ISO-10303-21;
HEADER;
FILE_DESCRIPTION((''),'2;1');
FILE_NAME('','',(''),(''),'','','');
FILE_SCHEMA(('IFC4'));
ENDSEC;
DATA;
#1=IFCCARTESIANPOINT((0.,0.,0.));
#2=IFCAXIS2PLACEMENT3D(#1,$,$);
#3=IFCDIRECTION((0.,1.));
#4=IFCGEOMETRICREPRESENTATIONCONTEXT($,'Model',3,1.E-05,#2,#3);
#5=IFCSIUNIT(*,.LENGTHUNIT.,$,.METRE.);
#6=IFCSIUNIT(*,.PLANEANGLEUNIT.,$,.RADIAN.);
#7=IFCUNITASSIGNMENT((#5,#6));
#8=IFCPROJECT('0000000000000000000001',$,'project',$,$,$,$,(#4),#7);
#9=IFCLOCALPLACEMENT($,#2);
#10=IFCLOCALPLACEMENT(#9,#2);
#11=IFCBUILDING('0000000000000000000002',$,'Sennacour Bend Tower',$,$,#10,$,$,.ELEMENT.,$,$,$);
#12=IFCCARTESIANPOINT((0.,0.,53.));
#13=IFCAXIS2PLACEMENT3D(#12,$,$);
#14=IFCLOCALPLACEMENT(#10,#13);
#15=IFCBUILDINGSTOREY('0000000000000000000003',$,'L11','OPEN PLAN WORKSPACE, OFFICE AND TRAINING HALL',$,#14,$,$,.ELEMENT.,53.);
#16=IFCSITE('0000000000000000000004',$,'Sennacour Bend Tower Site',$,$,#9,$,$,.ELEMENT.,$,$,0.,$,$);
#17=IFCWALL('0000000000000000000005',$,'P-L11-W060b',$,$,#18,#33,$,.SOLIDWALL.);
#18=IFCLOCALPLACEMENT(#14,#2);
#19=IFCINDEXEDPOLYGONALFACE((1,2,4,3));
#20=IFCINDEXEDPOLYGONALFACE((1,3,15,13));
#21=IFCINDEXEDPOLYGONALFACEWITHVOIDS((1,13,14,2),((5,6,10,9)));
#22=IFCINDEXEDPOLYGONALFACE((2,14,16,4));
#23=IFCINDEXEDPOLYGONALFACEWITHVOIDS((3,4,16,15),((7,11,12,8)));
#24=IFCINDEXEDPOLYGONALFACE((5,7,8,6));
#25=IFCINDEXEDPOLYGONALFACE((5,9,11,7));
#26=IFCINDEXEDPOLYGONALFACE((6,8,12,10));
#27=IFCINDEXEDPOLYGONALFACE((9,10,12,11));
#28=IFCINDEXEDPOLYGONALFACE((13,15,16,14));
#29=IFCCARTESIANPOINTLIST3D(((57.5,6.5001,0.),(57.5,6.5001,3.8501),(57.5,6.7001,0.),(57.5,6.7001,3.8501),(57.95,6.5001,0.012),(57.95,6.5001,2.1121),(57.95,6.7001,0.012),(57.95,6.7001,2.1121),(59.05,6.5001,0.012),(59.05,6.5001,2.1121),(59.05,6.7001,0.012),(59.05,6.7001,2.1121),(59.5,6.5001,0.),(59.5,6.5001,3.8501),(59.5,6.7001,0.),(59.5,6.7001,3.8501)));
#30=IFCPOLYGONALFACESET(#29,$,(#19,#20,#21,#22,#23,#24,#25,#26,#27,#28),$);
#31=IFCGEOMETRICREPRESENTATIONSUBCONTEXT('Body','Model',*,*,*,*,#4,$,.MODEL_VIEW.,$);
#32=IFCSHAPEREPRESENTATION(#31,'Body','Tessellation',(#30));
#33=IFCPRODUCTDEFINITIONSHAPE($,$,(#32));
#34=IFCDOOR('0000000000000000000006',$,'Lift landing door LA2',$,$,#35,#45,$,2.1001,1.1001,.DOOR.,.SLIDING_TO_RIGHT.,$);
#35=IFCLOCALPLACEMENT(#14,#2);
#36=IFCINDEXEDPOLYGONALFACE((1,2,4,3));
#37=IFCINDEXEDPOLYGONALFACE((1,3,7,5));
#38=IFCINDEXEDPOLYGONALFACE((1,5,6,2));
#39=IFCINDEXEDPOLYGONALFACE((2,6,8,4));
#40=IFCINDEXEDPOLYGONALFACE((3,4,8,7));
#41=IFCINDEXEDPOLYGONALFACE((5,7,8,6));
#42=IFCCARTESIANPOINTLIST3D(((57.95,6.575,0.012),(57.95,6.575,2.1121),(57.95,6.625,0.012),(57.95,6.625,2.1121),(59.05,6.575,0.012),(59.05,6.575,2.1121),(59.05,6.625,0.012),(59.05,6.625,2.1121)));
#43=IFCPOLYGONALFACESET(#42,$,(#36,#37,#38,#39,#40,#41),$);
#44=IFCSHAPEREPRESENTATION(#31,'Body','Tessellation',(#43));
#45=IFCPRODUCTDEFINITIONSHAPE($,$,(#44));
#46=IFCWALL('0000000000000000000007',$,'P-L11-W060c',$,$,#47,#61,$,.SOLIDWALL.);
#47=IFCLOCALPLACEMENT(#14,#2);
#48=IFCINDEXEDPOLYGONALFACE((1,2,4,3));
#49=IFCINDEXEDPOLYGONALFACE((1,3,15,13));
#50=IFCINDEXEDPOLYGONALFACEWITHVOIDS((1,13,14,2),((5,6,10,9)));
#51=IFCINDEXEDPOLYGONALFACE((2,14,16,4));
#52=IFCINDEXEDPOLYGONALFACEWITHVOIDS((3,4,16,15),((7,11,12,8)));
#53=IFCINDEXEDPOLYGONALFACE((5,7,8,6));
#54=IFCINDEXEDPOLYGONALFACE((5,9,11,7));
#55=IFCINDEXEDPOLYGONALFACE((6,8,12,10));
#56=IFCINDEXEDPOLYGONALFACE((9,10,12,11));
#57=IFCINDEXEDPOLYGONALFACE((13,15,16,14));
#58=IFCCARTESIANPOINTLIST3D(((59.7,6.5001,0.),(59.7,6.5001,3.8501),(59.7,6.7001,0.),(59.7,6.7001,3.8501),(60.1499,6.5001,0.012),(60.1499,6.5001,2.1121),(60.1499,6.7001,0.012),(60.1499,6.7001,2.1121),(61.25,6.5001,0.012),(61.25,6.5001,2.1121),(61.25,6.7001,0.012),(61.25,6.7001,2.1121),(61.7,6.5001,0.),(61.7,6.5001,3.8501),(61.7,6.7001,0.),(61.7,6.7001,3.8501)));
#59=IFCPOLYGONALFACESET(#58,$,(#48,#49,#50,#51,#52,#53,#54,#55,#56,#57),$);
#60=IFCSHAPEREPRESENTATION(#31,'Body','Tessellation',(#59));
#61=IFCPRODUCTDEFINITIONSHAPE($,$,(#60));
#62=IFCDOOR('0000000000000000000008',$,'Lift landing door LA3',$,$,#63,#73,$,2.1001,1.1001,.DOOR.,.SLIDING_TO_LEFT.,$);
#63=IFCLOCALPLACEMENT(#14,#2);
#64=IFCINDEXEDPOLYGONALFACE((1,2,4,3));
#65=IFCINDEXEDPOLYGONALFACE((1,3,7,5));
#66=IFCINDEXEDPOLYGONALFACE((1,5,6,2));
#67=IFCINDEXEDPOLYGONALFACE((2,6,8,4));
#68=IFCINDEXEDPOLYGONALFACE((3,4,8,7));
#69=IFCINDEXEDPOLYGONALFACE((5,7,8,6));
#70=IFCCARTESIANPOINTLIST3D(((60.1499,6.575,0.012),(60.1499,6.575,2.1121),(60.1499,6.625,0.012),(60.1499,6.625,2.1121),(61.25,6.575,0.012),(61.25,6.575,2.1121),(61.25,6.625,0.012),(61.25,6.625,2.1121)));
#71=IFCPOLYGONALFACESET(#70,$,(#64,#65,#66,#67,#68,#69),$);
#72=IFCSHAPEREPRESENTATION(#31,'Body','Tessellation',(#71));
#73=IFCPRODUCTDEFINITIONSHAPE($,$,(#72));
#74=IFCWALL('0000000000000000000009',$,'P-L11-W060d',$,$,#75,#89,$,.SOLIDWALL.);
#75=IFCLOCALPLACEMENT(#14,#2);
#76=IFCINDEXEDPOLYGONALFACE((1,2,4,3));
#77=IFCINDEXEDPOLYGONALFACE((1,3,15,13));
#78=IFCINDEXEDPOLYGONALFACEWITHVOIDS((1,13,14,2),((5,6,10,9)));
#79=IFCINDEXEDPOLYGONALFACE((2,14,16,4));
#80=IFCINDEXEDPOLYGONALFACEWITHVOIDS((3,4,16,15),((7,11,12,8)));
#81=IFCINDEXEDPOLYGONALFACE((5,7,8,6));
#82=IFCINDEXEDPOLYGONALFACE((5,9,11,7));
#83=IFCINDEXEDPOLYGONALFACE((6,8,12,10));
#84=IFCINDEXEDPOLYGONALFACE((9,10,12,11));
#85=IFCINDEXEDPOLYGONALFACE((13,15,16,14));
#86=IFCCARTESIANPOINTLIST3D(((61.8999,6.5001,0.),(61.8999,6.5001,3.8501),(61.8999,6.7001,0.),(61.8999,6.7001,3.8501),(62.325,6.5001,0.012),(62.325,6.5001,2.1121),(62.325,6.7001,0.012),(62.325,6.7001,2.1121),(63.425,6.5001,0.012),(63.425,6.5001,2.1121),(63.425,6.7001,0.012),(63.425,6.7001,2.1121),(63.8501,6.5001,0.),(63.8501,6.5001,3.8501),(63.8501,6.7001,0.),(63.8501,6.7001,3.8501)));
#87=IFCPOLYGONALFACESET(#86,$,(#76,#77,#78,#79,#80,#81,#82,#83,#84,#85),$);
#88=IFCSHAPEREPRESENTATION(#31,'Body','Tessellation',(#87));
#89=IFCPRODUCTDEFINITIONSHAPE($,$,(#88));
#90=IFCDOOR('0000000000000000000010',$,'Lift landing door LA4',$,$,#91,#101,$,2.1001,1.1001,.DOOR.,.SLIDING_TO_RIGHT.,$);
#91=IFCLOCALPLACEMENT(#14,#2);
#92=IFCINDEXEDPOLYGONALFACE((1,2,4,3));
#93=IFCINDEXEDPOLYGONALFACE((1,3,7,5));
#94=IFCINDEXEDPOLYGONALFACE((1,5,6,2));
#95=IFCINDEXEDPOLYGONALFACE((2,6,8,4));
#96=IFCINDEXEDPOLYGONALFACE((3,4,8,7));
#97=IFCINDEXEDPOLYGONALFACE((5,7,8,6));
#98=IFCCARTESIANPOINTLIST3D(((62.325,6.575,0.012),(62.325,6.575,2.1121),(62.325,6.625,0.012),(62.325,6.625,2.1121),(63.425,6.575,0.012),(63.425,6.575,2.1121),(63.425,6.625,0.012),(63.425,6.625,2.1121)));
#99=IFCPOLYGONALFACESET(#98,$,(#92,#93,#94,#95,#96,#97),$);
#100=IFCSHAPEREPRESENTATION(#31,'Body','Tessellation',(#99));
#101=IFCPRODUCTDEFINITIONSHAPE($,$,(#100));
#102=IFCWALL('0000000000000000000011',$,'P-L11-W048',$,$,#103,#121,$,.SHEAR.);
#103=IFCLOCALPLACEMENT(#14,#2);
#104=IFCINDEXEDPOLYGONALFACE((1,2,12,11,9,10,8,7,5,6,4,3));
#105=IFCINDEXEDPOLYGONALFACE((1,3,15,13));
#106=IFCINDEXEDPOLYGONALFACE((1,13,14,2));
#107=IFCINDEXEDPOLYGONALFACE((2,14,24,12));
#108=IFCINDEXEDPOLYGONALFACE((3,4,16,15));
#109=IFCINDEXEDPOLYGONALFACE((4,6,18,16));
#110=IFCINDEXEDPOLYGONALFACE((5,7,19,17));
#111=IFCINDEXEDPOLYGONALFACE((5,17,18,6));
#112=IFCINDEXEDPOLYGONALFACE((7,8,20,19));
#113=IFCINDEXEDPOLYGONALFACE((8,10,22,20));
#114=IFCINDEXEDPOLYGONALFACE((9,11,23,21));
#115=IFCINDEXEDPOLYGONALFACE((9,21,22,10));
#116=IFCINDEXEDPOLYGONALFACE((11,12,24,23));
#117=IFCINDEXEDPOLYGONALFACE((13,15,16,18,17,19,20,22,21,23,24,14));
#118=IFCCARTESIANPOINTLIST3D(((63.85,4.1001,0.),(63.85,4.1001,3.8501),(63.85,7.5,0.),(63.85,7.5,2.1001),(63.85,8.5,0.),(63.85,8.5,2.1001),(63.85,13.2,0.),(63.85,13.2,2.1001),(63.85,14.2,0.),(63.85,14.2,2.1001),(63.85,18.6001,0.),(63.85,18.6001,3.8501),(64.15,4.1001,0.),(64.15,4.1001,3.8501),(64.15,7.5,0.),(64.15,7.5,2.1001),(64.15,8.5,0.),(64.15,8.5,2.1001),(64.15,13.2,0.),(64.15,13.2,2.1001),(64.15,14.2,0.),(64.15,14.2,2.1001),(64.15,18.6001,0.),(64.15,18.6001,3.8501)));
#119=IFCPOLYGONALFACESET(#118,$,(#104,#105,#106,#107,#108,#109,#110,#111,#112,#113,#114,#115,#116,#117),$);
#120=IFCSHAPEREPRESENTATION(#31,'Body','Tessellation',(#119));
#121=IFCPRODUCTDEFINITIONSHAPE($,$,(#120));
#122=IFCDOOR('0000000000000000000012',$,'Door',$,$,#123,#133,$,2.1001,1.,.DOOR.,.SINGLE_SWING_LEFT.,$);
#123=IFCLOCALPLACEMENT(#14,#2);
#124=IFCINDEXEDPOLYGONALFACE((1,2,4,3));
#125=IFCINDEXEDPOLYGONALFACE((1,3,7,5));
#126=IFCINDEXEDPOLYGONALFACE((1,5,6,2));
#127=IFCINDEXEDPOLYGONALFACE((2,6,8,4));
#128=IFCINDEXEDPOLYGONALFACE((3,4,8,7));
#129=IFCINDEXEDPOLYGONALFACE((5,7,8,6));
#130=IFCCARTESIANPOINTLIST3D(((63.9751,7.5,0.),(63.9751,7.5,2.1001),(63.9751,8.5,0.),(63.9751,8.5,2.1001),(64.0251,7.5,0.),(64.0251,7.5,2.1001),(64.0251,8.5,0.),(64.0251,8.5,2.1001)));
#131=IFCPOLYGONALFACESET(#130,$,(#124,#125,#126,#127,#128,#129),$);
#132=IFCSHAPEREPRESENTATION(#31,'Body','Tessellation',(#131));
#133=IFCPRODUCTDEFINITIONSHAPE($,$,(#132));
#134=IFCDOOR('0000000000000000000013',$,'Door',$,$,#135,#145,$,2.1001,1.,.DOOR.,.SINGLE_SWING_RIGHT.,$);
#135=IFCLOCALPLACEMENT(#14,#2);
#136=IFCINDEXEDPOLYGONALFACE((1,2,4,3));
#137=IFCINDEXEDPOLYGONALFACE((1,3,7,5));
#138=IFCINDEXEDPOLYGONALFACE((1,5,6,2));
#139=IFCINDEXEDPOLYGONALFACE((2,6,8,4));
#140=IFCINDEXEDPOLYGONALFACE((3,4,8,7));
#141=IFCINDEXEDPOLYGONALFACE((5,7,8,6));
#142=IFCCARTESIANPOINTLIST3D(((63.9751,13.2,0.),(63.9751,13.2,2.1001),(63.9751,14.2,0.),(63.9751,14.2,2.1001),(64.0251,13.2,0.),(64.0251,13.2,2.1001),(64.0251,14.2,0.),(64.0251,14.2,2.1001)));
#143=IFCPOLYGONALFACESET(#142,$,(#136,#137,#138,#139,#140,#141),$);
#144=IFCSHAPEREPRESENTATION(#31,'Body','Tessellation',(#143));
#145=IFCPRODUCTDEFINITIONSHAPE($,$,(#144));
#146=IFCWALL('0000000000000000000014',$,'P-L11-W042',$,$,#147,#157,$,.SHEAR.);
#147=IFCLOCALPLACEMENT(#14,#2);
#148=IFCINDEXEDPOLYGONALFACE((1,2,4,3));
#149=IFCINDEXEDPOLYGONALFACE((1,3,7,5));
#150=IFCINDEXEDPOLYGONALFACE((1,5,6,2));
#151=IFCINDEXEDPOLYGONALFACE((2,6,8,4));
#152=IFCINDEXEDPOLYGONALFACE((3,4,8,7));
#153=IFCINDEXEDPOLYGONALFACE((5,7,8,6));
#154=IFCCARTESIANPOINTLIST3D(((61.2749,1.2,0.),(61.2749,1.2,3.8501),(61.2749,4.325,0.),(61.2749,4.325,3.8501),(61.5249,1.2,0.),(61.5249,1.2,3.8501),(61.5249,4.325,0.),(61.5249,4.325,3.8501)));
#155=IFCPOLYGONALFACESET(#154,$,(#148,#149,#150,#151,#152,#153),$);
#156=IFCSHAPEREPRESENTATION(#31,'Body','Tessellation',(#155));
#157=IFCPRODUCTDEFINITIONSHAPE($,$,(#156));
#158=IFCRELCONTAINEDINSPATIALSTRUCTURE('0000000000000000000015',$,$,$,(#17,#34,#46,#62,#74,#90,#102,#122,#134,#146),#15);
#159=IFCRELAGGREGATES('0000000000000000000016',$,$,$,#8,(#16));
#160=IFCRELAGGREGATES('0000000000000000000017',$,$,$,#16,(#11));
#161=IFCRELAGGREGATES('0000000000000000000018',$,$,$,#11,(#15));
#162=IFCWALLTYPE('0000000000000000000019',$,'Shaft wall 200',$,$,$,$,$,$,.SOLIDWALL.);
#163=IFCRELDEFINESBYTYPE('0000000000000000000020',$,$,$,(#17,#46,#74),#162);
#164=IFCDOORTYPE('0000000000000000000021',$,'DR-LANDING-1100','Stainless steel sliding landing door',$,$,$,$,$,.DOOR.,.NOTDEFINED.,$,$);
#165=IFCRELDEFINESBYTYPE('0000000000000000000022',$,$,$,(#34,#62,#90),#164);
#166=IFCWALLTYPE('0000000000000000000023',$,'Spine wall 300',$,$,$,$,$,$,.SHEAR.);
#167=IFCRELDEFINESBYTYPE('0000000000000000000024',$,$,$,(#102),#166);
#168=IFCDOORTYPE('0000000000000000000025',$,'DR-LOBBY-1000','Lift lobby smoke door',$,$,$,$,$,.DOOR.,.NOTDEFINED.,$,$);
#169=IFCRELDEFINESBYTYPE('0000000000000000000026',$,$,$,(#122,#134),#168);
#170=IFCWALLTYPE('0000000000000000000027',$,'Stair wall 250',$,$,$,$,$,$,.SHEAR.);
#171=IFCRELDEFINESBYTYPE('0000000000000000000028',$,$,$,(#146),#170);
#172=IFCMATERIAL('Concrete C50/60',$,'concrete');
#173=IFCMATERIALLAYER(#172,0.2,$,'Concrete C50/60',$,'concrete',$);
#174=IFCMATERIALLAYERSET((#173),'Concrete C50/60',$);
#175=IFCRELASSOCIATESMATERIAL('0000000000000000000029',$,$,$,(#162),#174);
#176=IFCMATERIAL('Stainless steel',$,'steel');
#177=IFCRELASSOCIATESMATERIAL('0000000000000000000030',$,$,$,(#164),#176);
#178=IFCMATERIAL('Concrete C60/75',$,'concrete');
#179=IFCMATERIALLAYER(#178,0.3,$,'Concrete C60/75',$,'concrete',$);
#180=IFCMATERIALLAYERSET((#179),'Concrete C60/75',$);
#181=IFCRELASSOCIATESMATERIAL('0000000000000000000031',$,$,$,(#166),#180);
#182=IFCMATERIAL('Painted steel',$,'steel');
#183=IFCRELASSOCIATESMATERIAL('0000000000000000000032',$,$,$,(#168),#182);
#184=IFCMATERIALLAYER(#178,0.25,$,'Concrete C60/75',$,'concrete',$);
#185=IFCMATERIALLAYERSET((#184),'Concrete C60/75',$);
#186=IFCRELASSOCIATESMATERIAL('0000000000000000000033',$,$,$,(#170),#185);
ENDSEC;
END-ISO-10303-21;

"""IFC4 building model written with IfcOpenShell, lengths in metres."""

from ifc_helpers import new_model, si_unit, direction, frame, frame_2d, origin, place, context, subcontext, project, spatial, rectangle, extrude, material, layer, layer_set, type_object, element, fill, save


model = new_model("IFC4")

# Units and contexts
model_context = context("Model", 3, precision=1e-05, world=origin(), true_north=direction((0.0, 1.0)))
body_context = subcontext(model_context, "Body", "Model", "MODEL_VIEW")
ifc_project = project(units=[si_unit("LENGTHUNIT", "METRE"), si_unit("PLANEANGLEUNIT", "RADIAN")], contexts=[model_context])

# Site, building, storey
site_placement = place(None, origin())
site = spatial("IfcSite", under=ifc_project, at=site_placement, Name="Sennacour Bend Tower Site", CompositionType="ELEMENT", RefElevation=0.0)
building_placement = place(site_placement, origin())
building = spatial("IfcBuilding", under=site, at=building_placement, Name="Sennacour Bend Tower", CompositionType="ELEMENT")
storey_placement = place(building_placement, frame((0.0, 0.0, 53.0)))
storey = spatial("IfcBuildingStorey", under=building, at=storey_placement, Name="L11", Description="OPEN PLAN WORKSPACE, OFFICE AND TRAINING HALL", CompositionType="ELEMENT", Elevation=53.0)

# Shared definitions
ifc_material_1 = material(Name="Painted steel", Category="steel")

# Shared definitions
ifc_material_2 = material(Name="Concrete C50/60", Category="concrete")
ifc_layer_1 = layer(ifc_material_2, 0.2, Name="Concrete C50/60", Category="concrete")
ifc_layer_set_1 = layer_set([ifc_layer_1], Name="Concrete C50/60")
wall_type_1 = type_object("IfcWallType", Name="Shaft wall 200", PredefinedType="SOLIDWALL", material=ifc_layer_set_1)

# Walls, openings, doors
wall_1_placement = place(storey_placement, frame((57.5, 6.6001, 0.0), z_axis=(0.0, 0.0, 1.0), x_axis=(1.0, 0.0, 0.0)))
wall_1 = element("IfcWall", 1, at=wall_1_placement, inside=storey, type_object=wall_type_1, Name="P-L11-W060b", PredefinedType="SOLIDWALL", context=body_context, shape_type="SweptSolid", body=[
    extrude(rectangle(XDim=2.0, YDim=0.2, at=frame_2d((1.0, 0.0))), origin(), (0.0, 0.0, 1.0), 3.8501),
])
opening_1_placement = place(wall_1_placement, frame((0.45, 0.0, 0.012)))
opening_1 = element("IfcOpeningElement", 2, at=opening_1_placement, cuts=wall_1, PredefinedType="OPENING", context=body_context, shape_type="SweptSolid", body=[
    extrude(rectangle(XDim=1.1001, YDim=2.1001, at=frame_2d((0.55, 1.05))), frame((0.0, 0.1099, 0.0), z_axis=(0.0, -1.0, 0.0), x_axis=(1.0, 0.0, 0.0)), (0.0, 0.0, 1.0), 0.22),
])
ifc_material_3 = material(Name="Stainless steel", Category="steel")
door_type_1 = type_object("IfcDoorType", Name="DR-LANDING-1100", Description="Stainless steel sliding landing door", OperationType="NOTDEFINED", PredefinedType="DOOR", material=ifc_material_3)
door_1_placement = place(opening_1_placement, origin())
door_1 = element("IfcDoor", 3, at=door_1_placement, inside=storey, type_object=door_type_1, Name="Lift landing door LA2", OperationType="SLIDING_TO_RIGHT", OverallHeight=2.1001, OverallWidth=1.1001, PredefinedType="DOOR", context=body_context, shape_type="SweptSolid", body=[
    extrude(rectangle(XDim=1.1001, YDim=2.1001, at=frame_2d((0.55, 1.05))), frame((0.0, 0.0249, 0.0), z_axis=(0.0, -1.0, 0.0), x_axis=(1.0, 0.0, 0.0)), (0.0, 0.0, 1.0), 0.05),
])
fill(opening_1, door_1)
wall_2_placement = place(storey_placement, frame((59.7, 6.6001, 0.0), z_axis=(0.0, 0.0, 1.0), x_axis=(1.0, 0.0, 0.0)))
wall_2 = element("IfcWall", 4, at=wall_2_placement, inside=storey, type_object=wall_type_1, Name="P-L11-W060c", PredefinedType="SOLIDWALL", context=body_context, shape_type="SweptSolid", body=[
    extrude(rectangle(XDim=2.0, YDim=0.2, at=frame_2d((1.0, 0.0))), origin(), (0.0, 0.0, 1.0), 3.8501),
])
opening_2_placement = place(wall_2_placement, frame((0.45, 0.0, 0.012)))
opening_2 = element("IfcOpeningElement", 5, at=opening_2_placement, cuts=wall_2, PredefinedType="OPENING", context=body_context, shape_type="SweptSolid", body=[
    extrude(rectangle(XDim=1.1001, YDim=2.1001, at=frame_2d((0.55, 1.05))), frame((0.0, 0.1099, 0.0), z_axis=(0.0, -1.0, 0.0), x_axis=(1.0, 0.0, 0.0)), (0.0, 0.0, 1.0), 0.22),
])
door_2_placement = place(opening_2_placement, origin())
door_2 = element("IfcDoor", 6, at=door_2_placement, inside=storey, type_object=door_type_1, Name="Lift landing door LA3", OperationType="SLIDING_TO_LEFT", OverallHeight=2.1001, OverallWidth=1.1001, PredefinedType="DOOR", context=body_context, shape_type="SweptSolid", body=[
    extrude(rectangle(XDim=1.1001, YDim=2.1001, at=frame_2d((0.55, 1.05))), frame((0.0, 0.0249, 0.0), z_axis=(0.0, -1.0, 0.0), x_axis=(1.0, 0.0, 0.0)), (0.0, 0.0, 1.0), 0.05),
])
fill(opening_2, door_2)
wall_3_placement = place(storey_placement, frame((61.8999, 6.6001, 0.0), z_axis=(0.0, 0.0, 1.0), x_axis=(1.0, 0.0, 0.0)))
wall_3 = element("IfcWall", 7, at=wall_3_placement, inside=storey, type_object=wall_type_1, Name="P-L11-W060d", PredefinedType="SOLIDWALL", context=body_context, shape_type="SweptSolid", body=[
    extrude(rectangle(XDim=1.9502, YDim=0.2, at=frame_2d((0.9751, 0.0))), origin(), (0.0, 0.0, 1.0), 3.8501),
])
opening_3_placement = place(wall_3_placement, frame((0.425, 0.0, 0.012)))
opening_3 = element("IfcOpeningElement", 8, at=opening_3_placement, cuts=wall_3, PredefinedType="OPENING", context=body_context, shape_type="SweptSolid", body=[
    extrude(rectangle(XDim=1.1001, YDim=2.1001, at=frame_2d((0.55, 1.05))), frame((0.0, 0.1099, 0.0), z_axis=(0.0, -1.0, 0.0), x_axis=(1.0, 0.0, 0.0)), (0.0, 0.0, 1.0), 0.22),
])
door_3_placement = place(opening_3_placement, origin())
door_3 = element("IfcDoor", 9, at=door_3_placement, inside=storey, type_object=door_type_1, Name="Lift landing door LA4", OperationType="SLIDING_TO_RIGHT", OverallHeight=2.1001, OverallWidth=1.1001, PredefinedType="DOOR", context=body_context, shape_type="SweptSolid", body=[
    extrude(rectangle(XDim=1.1001, YDim=2.1001, at=frame_2d((0.55, 1.05))), frame((0.0, 0.0249, 0.0), z_axis=(0.0, -1.0, 0.0), x_axis=(1.0, 0.0, 0.0)), (0.0, 0.0, 1.0), 0.05),
])
fill(opening_3, door_3)

# Wall, openings, doors
ifc_material_4 = material(Name="Concrete C60/75", Category="concrete")
ifc_layer_2 = layer(ifc_material_4, 0.3, Name="Concrete C60/75", Category="concrete")
ifc_layer_set_2 = layer_set([ifc_layer_2], Name="Concrete C60/75")
wall_type_2 = type_object("IfcWallType", Name="Spine wall 300", PredefinedType="SHEAR", material=ifc_layer_set_2)
wall_4_placement = place(storey_placement, frame((64.0, 4.1001, 0.0), z_axis=(0.0, 0.0, 1.0), x_axis=(0.0, 1.0, 0.0)))
wall_4 = element("IfcWall", 10, at=wall_4_placement, inside=storey, type_object=wall_type_2, Name="P-L11-W048", PredefinedType="SHEAR", context=body_context, shape_type="SweptSolid", body=[
    extrude(rectangle(XDim=14.5, YDim=0.3, at=frame_2d((7.25, 0.0))), origin(), (0.0, 0.0, 1.0), 3.8501),
])
opening_4_placement = place(wall_4_placement, frame((3.3999, 0.0, 0.0)))
opening_4 = element("IfcOpeningElement", 11, at=opening_4_placement, cuts=wall_4, PredefinedType="OPENING", context=body_context, shape_type="SweptSolid", body=[
    extrude(rectangle(XDim=1.0, YDim=2.1001, at=frame_2d((0.5, 1.05))), frame((0.0, 0.1602, 0.0), z_axis=(0.0, -1.0, 0.0), x_axis=(1.0, 0.0, 0.0)), (0.0, 0.0, 1.0), 0.3201),
])
opening_5_placement = place(wall_4_placement, frame((9.0999, 0.0, 0.0)))
opening_5 = element("IfcOpeningElement", 12, at=opening_5_placement, cuts=wall_4, PredefinedType="OPENING", context=body_context, shape_type="SweptSolid", body=[
    extrude(rectangle(XDim=1.0, YDim=2.1001, at=frame_2d((0.5, 1.05))), frame((0.0, 0.1602, 0.0), z_axis=(0.0, -1.0, 0.0), x_axis=(1.0, 0.0, 0.0)), (0.0, 0.0, 1.0), 0.3201),
])
door_type_2 = type_object("IfcDoorType", Name="DR-LOBBY-1000", Description="Lift lobby smoke door", OperationType="NOTDEFINED", PredefinedType="DOOR", material=ifc_material_1)
door_4_placement = place(opening_4_placement, origin())
door_4 = element("IfcDoor", 13, at=door_4_placement, inside=storey, type_object=door_type_2, Name="Door", OperationType="SINGLE_SWING_LEFT", OverallHeight=2.1001, OverallWidth=1.0, PredefinedType="DOOR", context=body_context, shape_type="SweptSolid", body=[
    extrude(rectangle(XDim=1.0, YDim=2.1001, at=frame_2d((0.5, 1.05))), frame((0.0, 0.0249, 0.0), z_axis=(0.0, -1.0, 0.0), x_axis=(1.0, 0.0, 0.0)), (0.0, 0.0, 1.0), 0.05),
])
fill(opening_4, door_4)
door_5_placement = place(opening_5_placement, origin())
door_5 = element("IfcDoor", 14, at=door_5_placement, inside=storey, type_object=door_type_2, Name="Door", OperationType="SINGLE_SWING_RIGHT", OverallHeight=2.1001, OverallWidth=1.0, PredefinedType="DOOR", context=body_context, shape_type="SweptSolid", body=[
    extrude(rectangle(XDim=1.0, YDim=2.1001, at=frame_2d((0.5, 1.05))), frame((0.0, 0.0249, 0.0), z_axis=(0.0, -1.0, 0.0), x_axis=(1.0, 0.0, 0.0)), (0.0, 0.0, 1.0), 0.05),
])
fill(opening_5, door_5)

# Wall
ifc_layer_3 = layer(ifc_material_4, 0.25, Name="Concrete C60/75", Category="concrete")
ifc_layer_set_3 = layer_set([ifc_layer_3], Name="Concrete C60/75")
wall_type_3 = type_object("IfcWallType", Name="Stair wall 250", PredefinedType="SHEAR", material=ifc_layer_set_3)
wall_5_placement = place(storey_placement, frame((61.3999, 1.2, 0.0), z_axis=(0.0, 0.0, 1.0), x_axis=(0.0, 1.0, 0.0)))
element("IfcWall", 15, at=wall_5_placement, inside=storey, type_object=wall_type_3, Name="P-L11-W042", PredefinedType="SHEAR", context=body_context, shape_type="SweptSolid", body=[
    extrude(rectangle(XDim=3.125, YDim=0.25, at=frame_2d((1.5625, 0.0))), origin(), (0.0, 0.0, 1.0), 3.8501),
])

save(model, "model.ifc")
